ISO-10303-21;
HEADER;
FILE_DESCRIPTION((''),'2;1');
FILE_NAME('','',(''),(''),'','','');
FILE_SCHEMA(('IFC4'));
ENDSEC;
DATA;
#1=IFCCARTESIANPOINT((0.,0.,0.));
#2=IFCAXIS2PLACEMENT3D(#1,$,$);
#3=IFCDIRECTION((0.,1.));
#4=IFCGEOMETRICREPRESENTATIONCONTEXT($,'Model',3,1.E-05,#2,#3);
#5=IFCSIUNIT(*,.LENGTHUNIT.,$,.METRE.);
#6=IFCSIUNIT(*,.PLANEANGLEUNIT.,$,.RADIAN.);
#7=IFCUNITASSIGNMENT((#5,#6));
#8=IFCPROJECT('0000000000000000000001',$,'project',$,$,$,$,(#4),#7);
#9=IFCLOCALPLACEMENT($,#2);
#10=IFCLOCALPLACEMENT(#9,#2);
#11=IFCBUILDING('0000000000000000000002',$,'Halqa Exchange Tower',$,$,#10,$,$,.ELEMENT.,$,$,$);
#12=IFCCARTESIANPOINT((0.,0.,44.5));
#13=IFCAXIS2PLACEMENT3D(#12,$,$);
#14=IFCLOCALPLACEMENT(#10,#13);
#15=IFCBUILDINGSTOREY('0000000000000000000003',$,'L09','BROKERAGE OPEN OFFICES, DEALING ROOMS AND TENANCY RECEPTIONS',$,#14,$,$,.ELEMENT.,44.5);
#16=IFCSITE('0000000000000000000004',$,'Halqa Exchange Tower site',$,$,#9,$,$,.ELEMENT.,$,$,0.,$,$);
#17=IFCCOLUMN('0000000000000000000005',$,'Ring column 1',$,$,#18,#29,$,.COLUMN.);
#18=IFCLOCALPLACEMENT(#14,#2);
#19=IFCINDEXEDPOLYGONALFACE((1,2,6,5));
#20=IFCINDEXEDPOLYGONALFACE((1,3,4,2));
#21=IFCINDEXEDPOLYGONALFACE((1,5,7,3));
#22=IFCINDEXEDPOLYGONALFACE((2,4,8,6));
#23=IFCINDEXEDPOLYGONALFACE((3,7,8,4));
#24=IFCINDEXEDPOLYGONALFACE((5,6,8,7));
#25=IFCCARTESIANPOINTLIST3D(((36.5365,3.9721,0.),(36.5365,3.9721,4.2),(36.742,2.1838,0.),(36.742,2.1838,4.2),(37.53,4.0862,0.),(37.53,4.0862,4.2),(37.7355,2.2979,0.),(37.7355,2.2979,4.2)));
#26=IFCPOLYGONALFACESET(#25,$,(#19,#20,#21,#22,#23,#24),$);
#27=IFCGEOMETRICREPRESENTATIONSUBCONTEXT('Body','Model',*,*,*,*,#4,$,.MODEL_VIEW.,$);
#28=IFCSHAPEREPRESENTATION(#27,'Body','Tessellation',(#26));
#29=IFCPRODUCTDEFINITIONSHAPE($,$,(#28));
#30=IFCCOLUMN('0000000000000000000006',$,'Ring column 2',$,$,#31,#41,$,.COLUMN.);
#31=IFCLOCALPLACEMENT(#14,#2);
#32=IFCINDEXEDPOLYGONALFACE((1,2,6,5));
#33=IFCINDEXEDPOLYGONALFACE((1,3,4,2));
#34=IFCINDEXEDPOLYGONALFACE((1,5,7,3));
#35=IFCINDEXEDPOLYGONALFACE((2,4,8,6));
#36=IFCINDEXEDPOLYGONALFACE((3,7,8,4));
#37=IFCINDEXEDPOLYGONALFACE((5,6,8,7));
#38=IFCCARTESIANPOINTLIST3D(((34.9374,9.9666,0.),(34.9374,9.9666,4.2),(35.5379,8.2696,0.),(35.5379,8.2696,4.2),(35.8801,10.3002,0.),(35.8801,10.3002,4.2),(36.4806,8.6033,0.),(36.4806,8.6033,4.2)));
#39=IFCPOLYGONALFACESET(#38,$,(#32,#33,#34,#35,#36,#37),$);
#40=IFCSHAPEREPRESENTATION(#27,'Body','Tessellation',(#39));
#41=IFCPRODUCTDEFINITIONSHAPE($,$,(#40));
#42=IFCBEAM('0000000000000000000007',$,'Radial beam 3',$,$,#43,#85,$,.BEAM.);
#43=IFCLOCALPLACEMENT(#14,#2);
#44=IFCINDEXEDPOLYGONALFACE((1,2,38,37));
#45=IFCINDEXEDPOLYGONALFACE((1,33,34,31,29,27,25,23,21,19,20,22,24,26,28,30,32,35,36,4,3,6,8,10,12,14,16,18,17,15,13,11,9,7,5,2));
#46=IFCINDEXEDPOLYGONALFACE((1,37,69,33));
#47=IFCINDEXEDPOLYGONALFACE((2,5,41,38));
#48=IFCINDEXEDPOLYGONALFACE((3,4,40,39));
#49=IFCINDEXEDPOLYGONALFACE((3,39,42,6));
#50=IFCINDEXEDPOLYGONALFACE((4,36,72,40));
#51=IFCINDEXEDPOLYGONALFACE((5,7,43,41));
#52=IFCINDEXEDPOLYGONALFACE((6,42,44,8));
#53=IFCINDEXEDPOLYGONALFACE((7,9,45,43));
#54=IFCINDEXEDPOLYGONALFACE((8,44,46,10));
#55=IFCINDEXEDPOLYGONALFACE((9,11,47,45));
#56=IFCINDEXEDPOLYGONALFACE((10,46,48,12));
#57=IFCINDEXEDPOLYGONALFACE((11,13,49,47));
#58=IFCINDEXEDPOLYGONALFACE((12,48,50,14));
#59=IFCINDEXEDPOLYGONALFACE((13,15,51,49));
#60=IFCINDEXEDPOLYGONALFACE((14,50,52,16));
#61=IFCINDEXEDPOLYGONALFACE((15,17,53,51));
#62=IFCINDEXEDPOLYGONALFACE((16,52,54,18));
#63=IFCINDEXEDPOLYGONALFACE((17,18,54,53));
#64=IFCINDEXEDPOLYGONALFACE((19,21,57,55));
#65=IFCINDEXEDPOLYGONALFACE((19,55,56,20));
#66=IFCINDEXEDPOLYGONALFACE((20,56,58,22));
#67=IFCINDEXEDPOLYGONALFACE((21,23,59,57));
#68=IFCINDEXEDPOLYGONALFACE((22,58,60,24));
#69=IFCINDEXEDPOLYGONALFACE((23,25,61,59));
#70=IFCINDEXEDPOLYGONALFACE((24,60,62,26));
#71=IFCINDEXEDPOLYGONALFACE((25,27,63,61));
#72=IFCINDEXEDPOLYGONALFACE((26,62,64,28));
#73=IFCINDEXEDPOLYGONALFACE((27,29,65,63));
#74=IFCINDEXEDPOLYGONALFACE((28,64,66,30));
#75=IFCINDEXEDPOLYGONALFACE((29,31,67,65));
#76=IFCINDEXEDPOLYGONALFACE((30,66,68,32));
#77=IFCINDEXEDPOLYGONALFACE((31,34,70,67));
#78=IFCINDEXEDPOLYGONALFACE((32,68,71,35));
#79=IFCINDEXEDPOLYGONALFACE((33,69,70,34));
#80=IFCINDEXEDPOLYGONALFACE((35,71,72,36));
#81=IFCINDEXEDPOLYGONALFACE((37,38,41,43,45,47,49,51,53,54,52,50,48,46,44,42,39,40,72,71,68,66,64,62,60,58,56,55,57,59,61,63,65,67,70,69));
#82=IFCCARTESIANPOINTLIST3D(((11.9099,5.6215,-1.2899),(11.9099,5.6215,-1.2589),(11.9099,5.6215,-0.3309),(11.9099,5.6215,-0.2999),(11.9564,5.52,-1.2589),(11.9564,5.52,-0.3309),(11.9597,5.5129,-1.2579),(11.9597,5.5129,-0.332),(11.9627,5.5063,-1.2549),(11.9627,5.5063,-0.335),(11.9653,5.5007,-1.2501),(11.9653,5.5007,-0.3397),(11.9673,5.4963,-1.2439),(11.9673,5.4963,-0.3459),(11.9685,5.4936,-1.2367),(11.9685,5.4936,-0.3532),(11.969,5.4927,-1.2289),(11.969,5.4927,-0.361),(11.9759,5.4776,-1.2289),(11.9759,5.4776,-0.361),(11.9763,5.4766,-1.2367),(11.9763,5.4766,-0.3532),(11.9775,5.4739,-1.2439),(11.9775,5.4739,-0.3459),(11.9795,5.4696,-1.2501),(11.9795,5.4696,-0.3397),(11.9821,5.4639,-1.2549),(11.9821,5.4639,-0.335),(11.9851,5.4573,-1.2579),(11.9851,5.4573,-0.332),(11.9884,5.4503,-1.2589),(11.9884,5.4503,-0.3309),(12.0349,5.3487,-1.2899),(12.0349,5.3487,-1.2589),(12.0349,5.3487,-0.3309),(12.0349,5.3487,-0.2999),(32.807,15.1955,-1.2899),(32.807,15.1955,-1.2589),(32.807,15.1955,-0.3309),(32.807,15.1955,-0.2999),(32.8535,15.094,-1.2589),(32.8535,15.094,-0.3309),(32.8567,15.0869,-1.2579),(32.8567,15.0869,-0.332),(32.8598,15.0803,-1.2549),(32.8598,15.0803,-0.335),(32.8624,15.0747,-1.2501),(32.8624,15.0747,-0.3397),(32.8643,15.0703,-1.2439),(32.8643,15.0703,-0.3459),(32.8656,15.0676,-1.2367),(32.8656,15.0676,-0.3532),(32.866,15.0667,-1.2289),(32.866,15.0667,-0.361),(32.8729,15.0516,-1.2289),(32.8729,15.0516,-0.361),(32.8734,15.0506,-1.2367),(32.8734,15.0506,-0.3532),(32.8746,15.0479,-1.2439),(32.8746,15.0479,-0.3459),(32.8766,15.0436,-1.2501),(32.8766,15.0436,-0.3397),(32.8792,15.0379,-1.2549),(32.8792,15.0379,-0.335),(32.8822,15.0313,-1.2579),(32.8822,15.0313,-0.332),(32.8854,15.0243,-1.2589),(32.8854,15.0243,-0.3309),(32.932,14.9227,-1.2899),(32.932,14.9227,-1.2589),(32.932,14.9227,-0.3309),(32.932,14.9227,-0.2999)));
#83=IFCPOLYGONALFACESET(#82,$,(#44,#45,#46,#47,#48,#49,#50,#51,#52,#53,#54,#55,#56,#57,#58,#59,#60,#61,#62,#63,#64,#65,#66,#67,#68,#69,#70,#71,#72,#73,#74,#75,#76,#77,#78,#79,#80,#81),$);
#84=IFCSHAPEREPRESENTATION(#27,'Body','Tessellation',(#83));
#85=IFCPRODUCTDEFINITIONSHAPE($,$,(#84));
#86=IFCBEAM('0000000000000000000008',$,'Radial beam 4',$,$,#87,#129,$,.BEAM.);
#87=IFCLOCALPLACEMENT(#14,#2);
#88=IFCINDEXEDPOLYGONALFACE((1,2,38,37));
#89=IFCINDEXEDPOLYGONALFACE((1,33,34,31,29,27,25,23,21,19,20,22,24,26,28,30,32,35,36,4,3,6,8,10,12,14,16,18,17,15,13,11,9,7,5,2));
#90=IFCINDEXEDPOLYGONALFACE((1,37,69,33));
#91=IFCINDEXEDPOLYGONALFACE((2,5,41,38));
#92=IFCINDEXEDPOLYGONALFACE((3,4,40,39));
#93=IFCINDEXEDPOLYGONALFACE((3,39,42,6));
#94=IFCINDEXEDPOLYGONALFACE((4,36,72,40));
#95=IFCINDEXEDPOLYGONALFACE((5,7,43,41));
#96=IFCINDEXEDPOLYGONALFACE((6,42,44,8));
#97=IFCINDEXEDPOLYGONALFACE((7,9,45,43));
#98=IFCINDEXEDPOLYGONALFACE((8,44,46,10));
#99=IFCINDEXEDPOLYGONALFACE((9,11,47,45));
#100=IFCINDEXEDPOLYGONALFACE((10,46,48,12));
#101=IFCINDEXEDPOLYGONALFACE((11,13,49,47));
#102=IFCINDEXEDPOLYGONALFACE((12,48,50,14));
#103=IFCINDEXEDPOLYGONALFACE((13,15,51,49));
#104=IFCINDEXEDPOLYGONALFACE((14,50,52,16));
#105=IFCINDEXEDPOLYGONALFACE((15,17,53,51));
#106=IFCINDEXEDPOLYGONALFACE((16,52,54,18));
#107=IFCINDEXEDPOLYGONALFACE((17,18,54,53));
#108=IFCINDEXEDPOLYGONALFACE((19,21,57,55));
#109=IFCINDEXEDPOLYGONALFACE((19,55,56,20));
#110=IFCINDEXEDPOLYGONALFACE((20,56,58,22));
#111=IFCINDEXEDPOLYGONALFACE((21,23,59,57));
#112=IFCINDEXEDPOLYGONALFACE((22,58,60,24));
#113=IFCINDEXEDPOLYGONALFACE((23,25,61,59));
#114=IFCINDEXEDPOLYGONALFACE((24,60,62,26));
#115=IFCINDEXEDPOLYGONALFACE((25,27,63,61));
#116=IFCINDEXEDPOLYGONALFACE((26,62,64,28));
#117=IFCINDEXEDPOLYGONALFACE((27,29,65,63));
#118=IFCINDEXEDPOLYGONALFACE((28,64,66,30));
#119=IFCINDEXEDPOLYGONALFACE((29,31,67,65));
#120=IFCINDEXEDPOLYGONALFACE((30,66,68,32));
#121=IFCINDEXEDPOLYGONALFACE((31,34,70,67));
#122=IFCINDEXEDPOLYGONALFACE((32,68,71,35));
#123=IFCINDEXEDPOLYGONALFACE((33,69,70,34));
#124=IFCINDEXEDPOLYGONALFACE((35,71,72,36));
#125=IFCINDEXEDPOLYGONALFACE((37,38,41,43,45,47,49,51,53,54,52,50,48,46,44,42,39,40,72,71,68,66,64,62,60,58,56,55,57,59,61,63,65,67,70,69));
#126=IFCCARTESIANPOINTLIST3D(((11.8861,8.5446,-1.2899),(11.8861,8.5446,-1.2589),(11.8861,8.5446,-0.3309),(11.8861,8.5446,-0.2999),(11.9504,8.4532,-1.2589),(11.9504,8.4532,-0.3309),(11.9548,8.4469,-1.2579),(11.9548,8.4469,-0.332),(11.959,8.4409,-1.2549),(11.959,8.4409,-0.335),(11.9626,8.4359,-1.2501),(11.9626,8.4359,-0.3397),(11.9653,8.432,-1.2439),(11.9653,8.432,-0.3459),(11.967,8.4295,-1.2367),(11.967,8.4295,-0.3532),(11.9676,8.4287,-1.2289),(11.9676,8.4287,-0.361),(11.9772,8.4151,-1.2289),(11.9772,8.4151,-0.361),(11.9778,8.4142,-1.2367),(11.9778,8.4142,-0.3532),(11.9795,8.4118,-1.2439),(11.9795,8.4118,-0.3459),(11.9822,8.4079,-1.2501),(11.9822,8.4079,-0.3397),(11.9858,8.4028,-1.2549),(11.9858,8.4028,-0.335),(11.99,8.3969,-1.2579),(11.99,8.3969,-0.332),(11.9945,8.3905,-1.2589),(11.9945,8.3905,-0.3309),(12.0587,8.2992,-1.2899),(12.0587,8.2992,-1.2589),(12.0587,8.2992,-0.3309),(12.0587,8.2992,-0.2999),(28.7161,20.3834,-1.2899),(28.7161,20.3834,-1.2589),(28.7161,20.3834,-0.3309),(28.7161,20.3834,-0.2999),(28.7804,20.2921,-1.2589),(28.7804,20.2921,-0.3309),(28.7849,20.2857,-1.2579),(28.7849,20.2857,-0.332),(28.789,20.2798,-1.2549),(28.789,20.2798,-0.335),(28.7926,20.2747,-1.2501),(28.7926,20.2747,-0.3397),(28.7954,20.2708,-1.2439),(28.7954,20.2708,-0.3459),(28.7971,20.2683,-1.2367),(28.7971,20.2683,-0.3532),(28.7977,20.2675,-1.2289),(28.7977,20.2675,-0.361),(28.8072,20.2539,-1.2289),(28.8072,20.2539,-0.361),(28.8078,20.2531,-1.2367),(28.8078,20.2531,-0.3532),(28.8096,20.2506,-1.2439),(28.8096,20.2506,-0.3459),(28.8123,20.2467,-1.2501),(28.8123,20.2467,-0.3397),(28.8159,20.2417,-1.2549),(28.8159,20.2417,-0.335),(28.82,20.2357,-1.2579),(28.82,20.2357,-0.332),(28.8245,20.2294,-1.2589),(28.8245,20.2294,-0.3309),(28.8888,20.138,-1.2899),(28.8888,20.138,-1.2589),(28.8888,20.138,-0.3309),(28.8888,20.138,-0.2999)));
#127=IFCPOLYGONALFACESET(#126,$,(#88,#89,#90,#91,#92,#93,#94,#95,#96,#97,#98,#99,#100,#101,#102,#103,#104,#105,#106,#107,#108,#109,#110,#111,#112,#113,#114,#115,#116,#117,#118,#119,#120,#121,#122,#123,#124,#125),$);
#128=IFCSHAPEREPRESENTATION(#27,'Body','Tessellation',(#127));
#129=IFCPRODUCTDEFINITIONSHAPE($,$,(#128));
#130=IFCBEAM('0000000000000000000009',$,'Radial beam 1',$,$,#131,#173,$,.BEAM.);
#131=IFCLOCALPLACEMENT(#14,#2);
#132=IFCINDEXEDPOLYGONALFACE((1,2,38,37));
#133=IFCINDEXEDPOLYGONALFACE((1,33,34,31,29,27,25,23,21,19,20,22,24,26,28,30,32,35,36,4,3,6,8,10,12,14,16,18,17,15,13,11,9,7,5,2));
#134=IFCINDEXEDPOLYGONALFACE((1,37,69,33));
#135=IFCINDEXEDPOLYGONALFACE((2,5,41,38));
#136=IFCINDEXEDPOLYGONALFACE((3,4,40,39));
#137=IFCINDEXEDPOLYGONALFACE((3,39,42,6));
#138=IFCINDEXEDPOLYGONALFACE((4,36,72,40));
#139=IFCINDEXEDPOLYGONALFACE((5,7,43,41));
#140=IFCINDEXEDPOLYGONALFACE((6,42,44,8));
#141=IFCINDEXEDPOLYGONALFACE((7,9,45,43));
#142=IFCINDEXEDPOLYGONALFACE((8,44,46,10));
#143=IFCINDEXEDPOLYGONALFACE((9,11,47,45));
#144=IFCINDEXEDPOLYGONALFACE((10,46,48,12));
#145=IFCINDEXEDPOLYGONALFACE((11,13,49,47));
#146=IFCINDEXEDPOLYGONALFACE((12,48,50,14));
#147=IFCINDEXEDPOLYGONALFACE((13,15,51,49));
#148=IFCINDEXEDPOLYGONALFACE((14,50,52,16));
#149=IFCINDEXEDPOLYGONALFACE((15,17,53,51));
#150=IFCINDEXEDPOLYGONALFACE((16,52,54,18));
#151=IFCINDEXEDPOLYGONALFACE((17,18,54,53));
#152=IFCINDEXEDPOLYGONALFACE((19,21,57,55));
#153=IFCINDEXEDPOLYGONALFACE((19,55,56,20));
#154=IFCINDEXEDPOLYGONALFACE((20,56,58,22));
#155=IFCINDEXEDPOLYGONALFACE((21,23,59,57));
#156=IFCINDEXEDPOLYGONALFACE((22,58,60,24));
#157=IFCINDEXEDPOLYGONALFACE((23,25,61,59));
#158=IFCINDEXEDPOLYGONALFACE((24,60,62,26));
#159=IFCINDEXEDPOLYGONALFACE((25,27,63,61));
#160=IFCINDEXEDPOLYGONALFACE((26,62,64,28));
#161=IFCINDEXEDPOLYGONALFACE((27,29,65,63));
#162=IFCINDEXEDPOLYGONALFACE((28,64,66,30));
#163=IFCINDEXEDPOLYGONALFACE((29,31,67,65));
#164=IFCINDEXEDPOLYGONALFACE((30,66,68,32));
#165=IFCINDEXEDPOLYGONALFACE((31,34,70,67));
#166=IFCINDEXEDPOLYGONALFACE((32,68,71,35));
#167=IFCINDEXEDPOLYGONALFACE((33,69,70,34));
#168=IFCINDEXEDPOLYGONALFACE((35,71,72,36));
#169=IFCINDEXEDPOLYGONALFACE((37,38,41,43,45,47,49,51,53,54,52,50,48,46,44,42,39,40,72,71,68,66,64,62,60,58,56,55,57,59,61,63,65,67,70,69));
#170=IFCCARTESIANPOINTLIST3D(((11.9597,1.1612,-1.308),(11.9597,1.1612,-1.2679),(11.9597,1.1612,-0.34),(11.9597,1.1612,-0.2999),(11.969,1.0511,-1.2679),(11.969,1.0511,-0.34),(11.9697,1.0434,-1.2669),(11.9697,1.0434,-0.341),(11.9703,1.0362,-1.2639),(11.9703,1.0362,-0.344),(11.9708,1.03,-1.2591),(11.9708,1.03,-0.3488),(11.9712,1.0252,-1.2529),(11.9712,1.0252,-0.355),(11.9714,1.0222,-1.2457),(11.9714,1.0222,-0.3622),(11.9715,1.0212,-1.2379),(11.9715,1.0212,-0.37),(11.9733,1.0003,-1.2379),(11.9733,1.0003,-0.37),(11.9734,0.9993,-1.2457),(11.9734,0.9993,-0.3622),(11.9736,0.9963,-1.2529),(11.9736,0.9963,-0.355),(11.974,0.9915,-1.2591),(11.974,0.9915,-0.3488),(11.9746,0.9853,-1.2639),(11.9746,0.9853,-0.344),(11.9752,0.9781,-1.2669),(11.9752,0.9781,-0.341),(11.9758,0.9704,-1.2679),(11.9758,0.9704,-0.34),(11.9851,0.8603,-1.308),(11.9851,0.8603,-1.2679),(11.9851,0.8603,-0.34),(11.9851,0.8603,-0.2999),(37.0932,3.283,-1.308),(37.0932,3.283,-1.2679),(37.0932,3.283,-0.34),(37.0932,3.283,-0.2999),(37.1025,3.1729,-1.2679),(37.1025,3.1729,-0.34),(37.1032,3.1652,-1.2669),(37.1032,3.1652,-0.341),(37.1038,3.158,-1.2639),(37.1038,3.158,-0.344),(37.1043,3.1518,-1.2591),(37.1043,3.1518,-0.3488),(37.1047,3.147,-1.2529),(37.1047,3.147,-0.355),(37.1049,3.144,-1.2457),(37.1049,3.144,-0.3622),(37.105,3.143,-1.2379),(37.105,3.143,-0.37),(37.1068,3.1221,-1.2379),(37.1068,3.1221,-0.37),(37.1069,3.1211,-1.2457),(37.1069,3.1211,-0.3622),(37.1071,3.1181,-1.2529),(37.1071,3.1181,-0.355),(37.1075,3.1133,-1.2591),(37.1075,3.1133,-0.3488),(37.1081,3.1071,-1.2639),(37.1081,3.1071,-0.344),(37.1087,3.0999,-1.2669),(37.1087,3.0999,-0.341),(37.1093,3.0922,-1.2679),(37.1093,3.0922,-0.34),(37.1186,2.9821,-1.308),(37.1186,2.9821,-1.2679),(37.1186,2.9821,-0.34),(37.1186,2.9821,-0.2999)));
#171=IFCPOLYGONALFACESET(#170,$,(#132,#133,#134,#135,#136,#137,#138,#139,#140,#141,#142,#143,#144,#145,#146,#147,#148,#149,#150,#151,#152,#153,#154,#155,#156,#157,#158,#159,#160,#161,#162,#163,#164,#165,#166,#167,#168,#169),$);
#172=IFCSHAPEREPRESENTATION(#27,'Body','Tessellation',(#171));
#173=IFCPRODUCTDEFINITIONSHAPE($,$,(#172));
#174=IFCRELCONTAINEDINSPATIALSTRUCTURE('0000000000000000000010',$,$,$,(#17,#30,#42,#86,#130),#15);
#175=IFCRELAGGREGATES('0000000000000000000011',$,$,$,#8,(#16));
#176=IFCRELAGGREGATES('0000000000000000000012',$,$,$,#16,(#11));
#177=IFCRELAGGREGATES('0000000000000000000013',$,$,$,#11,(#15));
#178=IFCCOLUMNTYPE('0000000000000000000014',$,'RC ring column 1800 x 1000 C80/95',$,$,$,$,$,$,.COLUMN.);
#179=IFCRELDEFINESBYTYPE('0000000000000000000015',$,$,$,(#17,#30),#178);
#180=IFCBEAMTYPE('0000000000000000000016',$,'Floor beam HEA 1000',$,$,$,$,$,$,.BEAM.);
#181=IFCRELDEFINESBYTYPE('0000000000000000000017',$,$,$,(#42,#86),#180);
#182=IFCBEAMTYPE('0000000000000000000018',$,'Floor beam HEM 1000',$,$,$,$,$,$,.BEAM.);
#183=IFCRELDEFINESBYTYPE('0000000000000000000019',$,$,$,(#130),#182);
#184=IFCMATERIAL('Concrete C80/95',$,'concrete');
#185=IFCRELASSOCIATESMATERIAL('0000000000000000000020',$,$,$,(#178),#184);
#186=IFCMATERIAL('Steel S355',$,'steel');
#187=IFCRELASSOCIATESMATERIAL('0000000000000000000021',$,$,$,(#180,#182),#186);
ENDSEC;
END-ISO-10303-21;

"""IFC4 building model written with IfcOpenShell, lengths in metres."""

from ifc_helpers import new_model, si_unit, direction, frame, origin, origin_2d, place, context, subcontext, project, spatial, rectangle, i_section, extrude, material, material_profile, profile_set, type_object, element, save


model = new_model("IFC4")

# Units and contexts
model_context = context("Model", 3, precision=1e-05, world=origin(), true_north=direction((0.0, 1.0)))
body_context = subcontext(model_context, "Body", "Model", "MODEL_VIEW")
ifc_project = project(units=[si_unit("LENGTHUNIT", "METRE"), si_unit("PLANEANGLEUNIT", "RADIAN")], contexts=[model_context])

# Site, building, storey
site_placement = place(None, origin())
site = spatial("IfcSite", under=ifc_project, at=site_placement, Name="Halqa Exchange Tower site", CompositionType="ELEMENT", RefElevation=0.0)
building_placement = place(site_placement, origin())
building = spatial("IfcBuilding", under=site, at=building_placement, Name="Halqa Exchange Tower", CompositionType="ELEMENT")
storey_placement = place(building_placement, frame((0.0, 0.0, 44.5)))
storey = spatial("IfcBuildingStorey", under=building, at=storey_placement, Name="L09", Description="BROKERAGE OPEN OFFICES, DEALING ROOMS AND TENANCY RECEPTIONS", CompositionType="ELEMENT", Elevation=44.5)

# Columns
ifc_material_1 = material(Name="Concrete C80/95", Category="concrete")
ifc_material_profile_1 = material_profile(ifc_material_1, rectangle(XDim=1.8, YDim=1.0, at=origin_2d()), Name="1800 x 1000")
ifc_profile_set_1 = profile_set([ifc_material_profile_1], Name="Concrete C80/95")
column_type = type_object("IfcColumnType", Name="RC ring column 1800 x 1000 C80/95", PredefinedType="COLUMN", material=ifc_profile_set_1)
for number, where, z_axis, x_axis, name in (
    (1, (37.136, 3.135, 0.0), (0.0, 0.0, 1.0), (-0.114153, 0.993463, 0.0), "Ring column 1"),
    (2, (35.709, 9.2849, 0.0), (0.0, 0.0, 1.0), (-0.333628, 0.942705, 0.0), "Ring column 2"),
):
    element("IfcColumn", number, at=place(storey_placement, frame(where, z_axis=z_axis, x_axis=x_axis)), inside=storey, type_object=column_type, Name=name, PredefinedType="COLUMN", context=body_context, shape_type="SweptSolid", body=[
        extrude(rectangle(XDim=1.8, YDim=1.0, at=origin_2d()), origin(), (0.0, 0.0, 1.0), 4.2),
    ])

# Beams
ifc_material_2 = material(Name="Steel S355", Category="steel")
ifc_material_profile_2 = material_profile(ifc_material_2, i_section(OverallWidth=0.3, OverallDepth=0.99, WebThickness=0.0166, FlangeThickness=0.031, FilletRadius=0.03, at=origin_2d()), Name="HEA 1000")
ifc_profile_set_2 = profile_set([ifc_material_profile_2], Name="Steel S355")
beam_type_1 = type_object("IfcBeamType", Name="Floor beam HEA 1000", PredefinedType="BEAM", material=ifc_profile_set_2)
beam_1_placement = place(storey_placement, frame((11.9724, 5.4851, -0.7949), z_axis=(0.909128, 0.416518, 0.0), x_axis=(-0.416518, 0.909128, 0.0)))
element("IfcBeam", 3, at=beam_1_placement, inside=storey, type_object=beam_type_1, Name="Radial beam 3", PredefinedType="BEAM", context=body_context, shape_type="SweptSolid", body=[
    extrude(i_section(OverallWidth=0.3, OverallDepth=0.99, WebThickness=0.0166, FlangeThickness=0.031, FilletRadius=0.03, at=origin_2d()), origin(), (0.0, 0.0, 1.0), 22.9858),
])
beam_2_placement = place(storey_placement, frame((11.9724, 8.4219, -0.7949), z_axis=(0.81791, 0.575346, 0.0), x_axis=(-0.575346, 0.81791, 0.0)))
element("IfcBeam", 4, at=beam_2_placement, inside=storey, type_object=beam_type_1, Name="Radial beam 4", PredefinedType="BEAM", context=body_context, shape_type="SweptSolid", body=[
    extrude(i_section(OverallWidth=0.3, OverallDepth=0.99, WebThickness=0.0166, FlangeThickness=0.031, FilletRadius=0.03, at=origin_2d()), origin(), (0.0, 0.0, 1.0), 20.5769),
])
ifc_material_profile_3 = material_profile(ifc_material_2, i_section(OverallWidth=0.302, OverallDepth=1.0081, WebThickness=0.021, FlangeThickness=0.04, FilletRadius=0.03, at=origin_2d()), Name="HEM 1000")
ifc_profile_set_3 = profile_set([ifc_material_profile_3], Name="Steel S355")
beam_type_2 = type_object("IfcBeamType", Name="Floor beam HEM 1000", PredefinedType="BEAM", material=ifc_profile_set_3)
beam_3_placement = place(storey_placement, frame((11.9724, 1.0107, -0.804), z_axis=(0.996455, 0.084123, 0.0), x_axis=(-0.084123, 0.996455, 0.0)))
element("IfcBeam", 5, at=beam_3_placement, inside=storey, type_object=beam_type_2, Name="Radial beam 1", PredefinedType="BEAM", context=body_context, shape_type="SweptSolid", body=[
    extrude(i_section(OverallWidth=0.302, OverallDepth=1.0081, WebThickness=0.021, FlangeThickness=0.04, FilletRadius=0.03, at=origin_2d()), origin(), (0.0, 0.0, 1.0), 25.2229),
])

save(model, "model.ifc")
